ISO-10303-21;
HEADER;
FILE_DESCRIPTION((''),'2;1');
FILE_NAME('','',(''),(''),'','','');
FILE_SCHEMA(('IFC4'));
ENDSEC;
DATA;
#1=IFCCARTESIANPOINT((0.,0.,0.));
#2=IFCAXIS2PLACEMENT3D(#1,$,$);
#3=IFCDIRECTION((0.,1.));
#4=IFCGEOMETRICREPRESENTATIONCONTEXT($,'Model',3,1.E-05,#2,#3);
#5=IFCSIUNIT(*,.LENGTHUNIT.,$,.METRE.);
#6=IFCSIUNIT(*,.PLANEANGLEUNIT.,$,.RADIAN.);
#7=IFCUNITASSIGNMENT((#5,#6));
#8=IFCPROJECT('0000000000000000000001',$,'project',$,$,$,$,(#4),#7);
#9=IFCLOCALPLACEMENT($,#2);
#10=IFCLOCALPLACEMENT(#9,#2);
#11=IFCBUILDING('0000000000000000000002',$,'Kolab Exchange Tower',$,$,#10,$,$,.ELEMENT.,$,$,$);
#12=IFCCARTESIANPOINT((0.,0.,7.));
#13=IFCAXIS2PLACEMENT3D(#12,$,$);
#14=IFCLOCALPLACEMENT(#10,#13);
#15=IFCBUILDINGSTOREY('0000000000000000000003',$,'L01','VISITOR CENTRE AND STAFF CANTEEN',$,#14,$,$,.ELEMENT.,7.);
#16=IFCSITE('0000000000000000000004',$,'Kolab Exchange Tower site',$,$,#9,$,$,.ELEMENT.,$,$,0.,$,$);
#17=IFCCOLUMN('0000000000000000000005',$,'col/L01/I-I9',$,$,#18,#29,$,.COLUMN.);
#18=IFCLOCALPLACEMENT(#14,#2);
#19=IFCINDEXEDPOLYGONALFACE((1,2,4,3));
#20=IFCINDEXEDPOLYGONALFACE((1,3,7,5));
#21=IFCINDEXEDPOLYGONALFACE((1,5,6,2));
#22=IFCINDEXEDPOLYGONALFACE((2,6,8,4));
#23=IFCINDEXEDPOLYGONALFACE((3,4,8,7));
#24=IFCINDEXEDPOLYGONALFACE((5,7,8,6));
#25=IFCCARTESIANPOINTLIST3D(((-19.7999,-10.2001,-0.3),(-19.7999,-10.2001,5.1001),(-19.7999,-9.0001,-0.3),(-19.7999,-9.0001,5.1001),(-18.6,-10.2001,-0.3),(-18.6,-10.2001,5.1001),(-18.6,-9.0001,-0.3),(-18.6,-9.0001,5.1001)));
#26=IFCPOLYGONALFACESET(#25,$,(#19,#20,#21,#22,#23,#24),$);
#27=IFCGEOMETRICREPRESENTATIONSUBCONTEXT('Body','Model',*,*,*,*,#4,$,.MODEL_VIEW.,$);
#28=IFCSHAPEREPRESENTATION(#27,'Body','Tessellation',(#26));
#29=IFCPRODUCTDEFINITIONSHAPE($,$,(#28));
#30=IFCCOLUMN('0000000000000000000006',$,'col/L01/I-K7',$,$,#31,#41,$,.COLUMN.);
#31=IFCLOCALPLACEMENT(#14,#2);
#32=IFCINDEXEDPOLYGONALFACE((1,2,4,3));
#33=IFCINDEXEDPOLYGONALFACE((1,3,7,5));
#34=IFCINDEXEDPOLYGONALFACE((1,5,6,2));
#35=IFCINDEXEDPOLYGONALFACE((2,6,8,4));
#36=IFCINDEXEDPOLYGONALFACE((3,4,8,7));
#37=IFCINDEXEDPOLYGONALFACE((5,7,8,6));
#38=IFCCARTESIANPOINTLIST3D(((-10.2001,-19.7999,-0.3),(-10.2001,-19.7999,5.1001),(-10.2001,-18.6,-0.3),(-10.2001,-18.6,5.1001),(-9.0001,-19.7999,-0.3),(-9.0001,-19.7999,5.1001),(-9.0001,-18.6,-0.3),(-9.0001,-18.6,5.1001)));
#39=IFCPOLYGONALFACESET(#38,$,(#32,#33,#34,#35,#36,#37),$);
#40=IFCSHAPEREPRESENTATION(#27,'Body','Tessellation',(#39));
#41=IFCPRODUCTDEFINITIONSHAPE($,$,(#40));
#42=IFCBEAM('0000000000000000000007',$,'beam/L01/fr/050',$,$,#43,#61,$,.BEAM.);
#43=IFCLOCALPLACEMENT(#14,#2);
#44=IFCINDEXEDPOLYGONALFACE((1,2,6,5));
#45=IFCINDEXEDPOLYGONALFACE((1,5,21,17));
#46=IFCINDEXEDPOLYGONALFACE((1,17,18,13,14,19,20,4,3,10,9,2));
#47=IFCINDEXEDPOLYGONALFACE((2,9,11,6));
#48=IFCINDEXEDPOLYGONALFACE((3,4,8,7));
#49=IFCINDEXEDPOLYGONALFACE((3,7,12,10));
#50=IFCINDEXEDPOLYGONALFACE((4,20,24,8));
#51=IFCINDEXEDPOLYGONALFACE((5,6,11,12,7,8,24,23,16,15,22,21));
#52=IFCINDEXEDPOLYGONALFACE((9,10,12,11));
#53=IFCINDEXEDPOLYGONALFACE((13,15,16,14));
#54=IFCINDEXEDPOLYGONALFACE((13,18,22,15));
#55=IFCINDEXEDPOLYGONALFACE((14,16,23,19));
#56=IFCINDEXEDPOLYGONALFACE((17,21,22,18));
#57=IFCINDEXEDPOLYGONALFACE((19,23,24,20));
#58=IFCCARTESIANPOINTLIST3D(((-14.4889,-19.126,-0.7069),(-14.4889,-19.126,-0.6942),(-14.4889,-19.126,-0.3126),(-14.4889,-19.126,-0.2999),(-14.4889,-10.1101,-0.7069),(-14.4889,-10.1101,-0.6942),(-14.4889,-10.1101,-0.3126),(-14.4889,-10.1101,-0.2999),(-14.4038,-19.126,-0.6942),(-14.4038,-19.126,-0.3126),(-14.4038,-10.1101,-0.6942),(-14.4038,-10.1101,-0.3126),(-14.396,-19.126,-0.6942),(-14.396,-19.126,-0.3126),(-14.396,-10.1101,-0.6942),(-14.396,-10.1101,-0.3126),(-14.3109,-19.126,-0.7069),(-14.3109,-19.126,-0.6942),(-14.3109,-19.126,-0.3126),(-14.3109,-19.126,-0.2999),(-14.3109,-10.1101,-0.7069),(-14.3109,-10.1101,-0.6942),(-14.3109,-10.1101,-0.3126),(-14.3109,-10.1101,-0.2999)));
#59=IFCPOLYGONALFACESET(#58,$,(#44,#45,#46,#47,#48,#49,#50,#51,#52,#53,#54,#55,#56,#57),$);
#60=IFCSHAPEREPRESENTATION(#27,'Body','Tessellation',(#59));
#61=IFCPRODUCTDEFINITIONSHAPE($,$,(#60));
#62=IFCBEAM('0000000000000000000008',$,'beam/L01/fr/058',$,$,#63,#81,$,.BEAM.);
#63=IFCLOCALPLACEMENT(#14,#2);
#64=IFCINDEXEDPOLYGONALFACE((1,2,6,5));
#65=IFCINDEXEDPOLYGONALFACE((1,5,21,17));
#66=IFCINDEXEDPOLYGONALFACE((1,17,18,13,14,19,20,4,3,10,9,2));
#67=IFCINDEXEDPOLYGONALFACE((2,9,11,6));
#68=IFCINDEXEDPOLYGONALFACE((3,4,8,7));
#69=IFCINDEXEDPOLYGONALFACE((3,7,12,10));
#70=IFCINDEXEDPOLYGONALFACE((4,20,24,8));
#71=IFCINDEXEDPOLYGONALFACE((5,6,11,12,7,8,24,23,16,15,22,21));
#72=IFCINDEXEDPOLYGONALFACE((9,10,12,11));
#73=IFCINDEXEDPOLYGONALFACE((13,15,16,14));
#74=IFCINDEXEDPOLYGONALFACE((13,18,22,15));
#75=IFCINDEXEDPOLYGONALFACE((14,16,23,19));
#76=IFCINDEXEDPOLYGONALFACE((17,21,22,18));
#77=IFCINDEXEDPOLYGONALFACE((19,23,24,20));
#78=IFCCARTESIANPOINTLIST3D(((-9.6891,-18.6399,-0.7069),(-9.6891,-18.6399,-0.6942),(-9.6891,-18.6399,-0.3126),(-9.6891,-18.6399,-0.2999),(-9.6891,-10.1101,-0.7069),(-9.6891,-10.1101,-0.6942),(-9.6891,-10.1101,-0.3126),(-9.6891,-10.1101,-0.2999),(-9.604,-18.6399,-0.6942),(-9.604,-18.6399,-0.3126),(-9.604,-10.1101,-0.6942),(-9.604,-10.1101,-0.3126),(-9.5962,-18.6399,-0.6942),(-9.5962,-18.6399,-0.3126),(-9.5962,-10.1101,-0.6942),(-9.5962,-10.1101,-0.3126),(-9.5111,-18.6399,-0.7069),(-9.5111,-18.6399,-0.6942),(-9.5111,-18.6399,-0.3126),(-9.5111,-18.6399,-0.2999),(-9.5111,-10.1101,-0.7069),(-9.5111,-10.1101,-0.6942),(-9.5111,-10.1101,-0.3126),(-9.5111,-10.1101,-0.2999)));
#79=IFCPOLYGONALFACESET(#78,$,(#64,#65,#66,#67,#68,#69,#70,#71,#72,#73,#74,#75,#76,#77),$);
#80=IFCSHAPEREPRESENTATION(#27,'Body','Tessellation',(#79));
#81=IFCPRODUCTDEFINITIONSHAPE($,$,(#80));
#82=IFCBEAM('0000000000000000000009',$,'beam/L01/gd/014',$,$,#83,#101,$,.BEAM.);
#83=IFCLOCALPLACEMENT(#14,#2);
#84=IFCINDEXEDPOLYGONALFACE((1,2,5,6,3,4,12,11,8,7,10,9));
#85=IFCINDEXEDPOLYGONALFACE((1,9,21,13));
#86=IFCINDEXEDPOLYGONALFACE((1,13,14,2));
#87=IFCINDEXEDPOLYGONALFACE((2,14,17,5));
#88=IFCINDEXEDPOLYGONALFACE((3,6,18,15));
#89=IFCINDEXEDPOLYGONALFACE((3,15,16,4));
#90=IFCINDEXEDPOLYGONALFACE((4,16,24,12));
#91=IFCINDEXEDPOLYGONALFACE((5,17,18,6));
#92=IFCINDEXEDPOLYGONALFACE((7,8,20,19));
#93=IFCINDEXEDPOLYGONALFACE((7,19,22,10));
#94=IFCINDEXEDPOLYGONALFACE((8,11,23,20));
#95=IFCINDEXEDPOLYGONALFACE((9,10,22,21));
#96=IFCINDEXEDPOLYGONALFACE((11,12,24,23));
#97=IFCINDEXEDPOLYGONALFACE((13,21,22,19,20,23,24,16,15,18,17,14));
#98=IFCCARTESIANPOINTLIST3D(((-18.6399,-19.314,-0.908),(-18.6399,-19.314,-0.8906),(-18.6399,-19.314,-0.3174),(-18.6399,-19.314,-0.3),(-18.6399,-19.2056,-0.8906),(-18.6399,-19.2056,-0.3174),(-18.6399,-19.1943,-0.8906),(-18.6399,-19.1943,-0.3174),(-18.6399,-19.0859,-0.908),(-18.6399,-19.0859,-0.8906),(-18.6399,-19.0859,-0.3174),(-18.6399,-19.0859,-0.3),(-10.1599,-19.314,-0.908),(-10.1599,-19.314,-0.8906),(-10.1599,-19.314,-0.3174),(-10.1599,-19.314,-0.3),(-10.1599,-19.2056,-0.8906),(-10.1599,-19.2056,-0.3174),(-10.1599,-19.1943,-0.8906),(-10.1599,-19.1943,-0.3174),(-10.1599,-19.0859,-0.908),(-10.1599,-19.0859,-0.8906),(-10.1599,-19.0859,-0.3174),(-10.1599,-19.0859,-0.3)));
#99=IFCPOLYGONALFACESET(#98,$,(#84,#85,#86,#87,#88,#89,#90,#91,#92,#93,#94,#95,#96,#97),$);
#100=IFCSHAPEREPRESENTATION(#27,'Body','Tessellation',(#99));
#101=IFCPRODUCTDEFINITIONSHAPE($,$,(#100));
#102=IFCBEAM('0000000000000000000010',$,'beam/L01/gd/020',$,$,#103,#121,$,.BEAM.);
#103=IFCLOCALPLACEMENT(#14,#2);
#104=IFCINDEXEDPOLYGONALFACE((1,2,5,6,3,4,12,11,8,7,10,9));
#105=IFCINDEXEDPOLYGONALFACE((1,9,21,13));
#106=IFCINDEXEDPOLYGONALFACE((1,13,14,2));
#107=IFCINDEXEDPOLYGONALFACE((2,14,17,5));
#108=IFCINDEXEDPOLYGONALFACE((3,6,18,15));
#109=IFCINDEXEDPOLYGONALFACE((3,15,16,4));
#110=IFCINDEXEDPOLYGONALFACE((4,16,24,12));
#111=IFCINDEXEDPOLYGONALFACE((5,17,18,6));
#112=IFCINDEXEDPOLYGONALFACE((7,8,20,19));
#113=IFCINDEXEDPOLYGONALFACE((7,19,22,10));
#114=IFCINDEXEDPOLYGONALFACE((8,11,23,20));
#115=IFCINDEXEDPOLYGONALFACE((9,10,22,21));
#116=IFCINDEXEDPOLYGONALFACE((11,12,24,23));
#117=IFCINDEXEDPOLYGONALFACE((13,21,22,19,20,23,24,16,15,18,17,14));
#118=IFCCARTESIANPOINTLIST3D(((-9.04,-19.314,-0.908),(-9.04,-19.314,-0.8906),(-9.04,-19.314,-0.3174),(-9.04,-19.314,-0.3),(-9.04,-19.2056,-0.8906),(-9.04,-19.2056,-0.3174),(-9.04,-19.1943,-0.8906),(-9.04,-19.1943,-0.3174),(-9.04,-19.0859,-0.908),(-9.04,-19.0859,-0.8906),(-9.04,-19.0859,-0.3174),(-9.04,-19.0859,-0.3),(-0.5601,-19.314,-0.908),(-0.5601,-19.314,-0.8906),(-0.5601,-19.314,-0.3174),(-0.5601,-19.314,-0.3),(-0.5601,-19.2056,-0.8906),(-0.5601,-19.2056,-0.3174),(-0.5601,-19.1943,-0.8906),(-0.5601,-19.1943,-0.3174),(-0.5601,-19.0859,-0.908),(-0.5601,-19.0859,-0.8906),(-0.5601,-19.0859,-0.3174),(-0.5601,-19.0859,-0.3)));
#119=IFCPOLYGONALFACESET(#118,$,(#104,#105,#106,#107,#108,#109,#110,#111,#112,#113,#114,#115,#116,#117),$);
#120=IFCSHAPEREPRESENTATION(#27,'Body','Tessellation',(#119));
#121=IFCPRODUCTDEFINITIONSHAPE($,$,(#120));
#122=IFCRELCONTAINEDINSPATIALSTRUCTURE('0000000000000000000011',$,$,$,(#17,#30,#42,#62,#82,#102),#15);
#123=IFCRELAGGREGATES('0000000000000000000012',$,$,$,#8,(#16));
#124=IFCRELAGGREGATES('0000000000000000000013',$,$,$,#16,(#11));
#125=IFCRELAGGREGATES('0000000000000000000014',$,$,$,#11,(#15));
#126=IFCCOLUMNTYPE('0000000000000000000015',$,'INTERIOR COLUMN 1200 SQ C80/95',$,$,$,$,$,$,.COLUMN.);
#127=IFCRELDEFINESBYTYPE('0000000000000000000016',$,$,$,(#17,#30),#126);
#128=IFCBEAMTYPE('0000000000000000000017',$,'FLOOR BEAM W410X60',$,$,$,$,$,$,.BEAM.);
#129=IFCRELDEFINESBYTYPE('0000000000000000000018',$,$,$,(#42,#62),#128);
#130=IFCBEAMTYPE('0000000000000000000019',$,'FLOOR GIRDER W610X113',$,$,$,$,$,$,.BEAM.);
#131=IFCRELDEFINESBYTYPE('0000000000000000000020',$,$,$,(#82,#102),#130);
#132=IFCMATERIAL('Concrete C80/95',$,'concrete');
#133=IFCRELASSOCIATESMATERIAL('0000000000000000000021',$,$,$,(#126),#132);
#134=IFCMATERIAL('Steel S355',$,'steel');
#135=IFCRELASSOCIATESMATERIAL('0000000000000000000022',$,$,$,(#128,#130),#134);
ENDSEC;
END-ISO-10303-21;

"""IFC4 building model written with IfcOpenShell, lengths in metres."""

from ifc_helpers import new_model, si_unit, direction, frame, origin, origin_2d, place, context, subcontext, project, spatial, rectangle, i_section, extrude, material, material_profile, profile_set, type_object, element, save


model = new_model("IFC4")

# Units and contexts
model_context = context("Model", 3, precision=1e-05, world=origin(), true_north=direction((0.0, 1.0)))
body_context = subcontext(model_context, "Body", "Model", "MODEL_VIEW")
ifc_project = project(units=[si_unit("LENGTHUNIT", "METRE"), si_unit("PLANEANGLEUNIT", "RADIAN")], contexts=[model_context])

# Site, building, storey
site_placement = place(None, origin())
site = spatial("IfcSite", under=ifc_project, at=site_placement, Name="Kolab Exchange Tower site", CompositionType="ELEMENT", RefElevation=0.0)
building_placement = place(site_placement, origin())
building = spatial("IfcBuilding", under=site, at=building_placement, Name="Kolab Exchange Tower", CompositionType="ELEMENT")
storey_placement = place(building_placement, frame((0.0, 0.0, 7.0)))
storey = spatial("IfcBuildingStorey", under=building, at=storey_placement, Name="L01", Description="VISITOR CENTRE AND STAFF CANTEEN", CompositionType="ELEMENT", Elevation=7.0)

# Columns
ifc_material_1 = material(Name="Concrete C80/95", Category="concrete")
ifc_material_profile_1 = material_profile(ifc_material_1, rectangle(XDim=1.2, YDim=1.2, at=origin_2d()), Name="RC1200")
ifc_profile_set_1 = profile_set([ifc_material_profile_1], Name="Concrete C80/95")
column_type = type_object("IfcColumnType", Name="INTERIOR COLUMN 1200 SQ C80/95", PredefinedType="COLUMN", material=ifc_profile_set_1)
for number, where, z_axis, x_axis, name in (
    (1, (-19.2, -9.6001, -0.3), (0.0, 0.0, 1.0), (1.0, 0.0, 0.0), "col/L01/I-I9"),
    (2, (-9.6001, -19.2, -0.3), (0.0, 0.0, 1.0), (1.0, 0.0, 0.0), "col/L01/I-K7"),
):
    element("IfcColumn", number, at=place(storey_placement, frame(where, z_axis=z_axis, x_axis=x_axis)), inside=storey, type_object=column_type, Name=name, PredefinedType="COLUMN", context=body_context, shape_type="SweptSolid", body=[
        extrude(rectangle(XDim=1.2, YDim=1.2, at=origin_2d()), origin(), (0.0, 0.0, 1.0), 5.4001),
    ])

# Beams
ifc_material_2 = material(Name="Steel S355", Category="steel")
ifc_material_profile_2 = material_profile(ifc_material_2, i_section(OverallWidth=0.178, OverallDepth=0.407, WebThickness=0.0078, FlangeThickness=0.0127, at=origin_2d()), Name="W410X60")
ifc_profile_set_2 = profile_set([ifc_material_profile_2], Name="Steel S355")
beam_type_1 = type_object("IfcBeamType", Name="FLOOR BEAM W410X60", PredefinedType="BEAM", material=ifc_profile_set_2)
beam_1_placement = place(storey_placement, frame((-14.3999, -19.126, -0.5034), z_axis=(0.0, 1.0, 0.0), x_axis=(-1.0, 0.0, 0.0)))
element("IfcBeam", 3, at=beam_1_placement, inside=storey, type_object=beam_type_1, Name="beam/L01/fr/050", PredefinedType="BEAM", context=body_context, shape_type="SweptSolid", body=[
    extrude(i_section(OverallWidth=0.178, OverallDepth=0.407, WebThickness=0.0078, FlangeThickness=0.0127, at=origin_2d()), origin(), (0.0, 0.0, 1.0), 9.0159),
])
beam_2_placement = place(storey_placement, frame((-9.6001, -18.6399, -0.5034), z_axis=(0.0, 1.0, 0.0), x_axis=(-1.0, 0.0, 0.0)))
element("IfcBeam", 4, at=beam_2_placement, inside=storey, type_object=beam_type_1, Name="beam/L01/fr/058", PredefinedType="BEAM", context=body_context, shape_type="SweptSolid", body=[
    extrude(i_section(OverallWidth=0.178, OverallDepth=0.407, WebThickness=0.0078, FlangeThickness=0.0127, at=origin_2d()), origin(), (0.0, 0.0, 1.0), 8.5298),
])
ifc_material_profile_3 = material_profile(ifc_material_2, i_section(OverallWidth=0.228, OverallDepth=0.6079, WebThickness=0.0112, FlangeThickness=0.0173, at=origin_2d()), Name="W610X113")
ifc_profile_set_3 = profile_set([ifc_material_profile_3], Name="Steel S355")
beam_type_2 = type_object("IfcBeamType", Name="FLOOR GIRDER W610X113", PredefinedType="BEAM", material=ifc_profile_set_3)
for number, where, z_axis, x_axis, name in (
    (5, (-18.6399, -19.2, -0.604), (1.0, 0.0, 0.0), (0.0, 1.0, 0.0), "beam/L01/gd/014"),
    (6, (-9.04, -19.2, -0.604), (1.0, 0.0, 0.0), (0.0, 1.0, 0.0), "beam/L01/gd/020"),
):
    element("IfcBeam", number, at=place(storey_placement, frame(where, z_axis=z_axis, x_axis=x_axis)), inside=storey, type_object=beam_type_2, Name=name, PredefinedType="BEAM", context=body_context, shape_type="SweptSolid", body=[
        extrude(i_section(OverallWidth=0.228, OverallDepth=0.6079, WebThickness=0.0112, FlangeThickness=0.0173, at=origin_2d()), origin(), (0.0, 0.0, 1.0), 8.48),
    ])

save(model, "model.ifc")
